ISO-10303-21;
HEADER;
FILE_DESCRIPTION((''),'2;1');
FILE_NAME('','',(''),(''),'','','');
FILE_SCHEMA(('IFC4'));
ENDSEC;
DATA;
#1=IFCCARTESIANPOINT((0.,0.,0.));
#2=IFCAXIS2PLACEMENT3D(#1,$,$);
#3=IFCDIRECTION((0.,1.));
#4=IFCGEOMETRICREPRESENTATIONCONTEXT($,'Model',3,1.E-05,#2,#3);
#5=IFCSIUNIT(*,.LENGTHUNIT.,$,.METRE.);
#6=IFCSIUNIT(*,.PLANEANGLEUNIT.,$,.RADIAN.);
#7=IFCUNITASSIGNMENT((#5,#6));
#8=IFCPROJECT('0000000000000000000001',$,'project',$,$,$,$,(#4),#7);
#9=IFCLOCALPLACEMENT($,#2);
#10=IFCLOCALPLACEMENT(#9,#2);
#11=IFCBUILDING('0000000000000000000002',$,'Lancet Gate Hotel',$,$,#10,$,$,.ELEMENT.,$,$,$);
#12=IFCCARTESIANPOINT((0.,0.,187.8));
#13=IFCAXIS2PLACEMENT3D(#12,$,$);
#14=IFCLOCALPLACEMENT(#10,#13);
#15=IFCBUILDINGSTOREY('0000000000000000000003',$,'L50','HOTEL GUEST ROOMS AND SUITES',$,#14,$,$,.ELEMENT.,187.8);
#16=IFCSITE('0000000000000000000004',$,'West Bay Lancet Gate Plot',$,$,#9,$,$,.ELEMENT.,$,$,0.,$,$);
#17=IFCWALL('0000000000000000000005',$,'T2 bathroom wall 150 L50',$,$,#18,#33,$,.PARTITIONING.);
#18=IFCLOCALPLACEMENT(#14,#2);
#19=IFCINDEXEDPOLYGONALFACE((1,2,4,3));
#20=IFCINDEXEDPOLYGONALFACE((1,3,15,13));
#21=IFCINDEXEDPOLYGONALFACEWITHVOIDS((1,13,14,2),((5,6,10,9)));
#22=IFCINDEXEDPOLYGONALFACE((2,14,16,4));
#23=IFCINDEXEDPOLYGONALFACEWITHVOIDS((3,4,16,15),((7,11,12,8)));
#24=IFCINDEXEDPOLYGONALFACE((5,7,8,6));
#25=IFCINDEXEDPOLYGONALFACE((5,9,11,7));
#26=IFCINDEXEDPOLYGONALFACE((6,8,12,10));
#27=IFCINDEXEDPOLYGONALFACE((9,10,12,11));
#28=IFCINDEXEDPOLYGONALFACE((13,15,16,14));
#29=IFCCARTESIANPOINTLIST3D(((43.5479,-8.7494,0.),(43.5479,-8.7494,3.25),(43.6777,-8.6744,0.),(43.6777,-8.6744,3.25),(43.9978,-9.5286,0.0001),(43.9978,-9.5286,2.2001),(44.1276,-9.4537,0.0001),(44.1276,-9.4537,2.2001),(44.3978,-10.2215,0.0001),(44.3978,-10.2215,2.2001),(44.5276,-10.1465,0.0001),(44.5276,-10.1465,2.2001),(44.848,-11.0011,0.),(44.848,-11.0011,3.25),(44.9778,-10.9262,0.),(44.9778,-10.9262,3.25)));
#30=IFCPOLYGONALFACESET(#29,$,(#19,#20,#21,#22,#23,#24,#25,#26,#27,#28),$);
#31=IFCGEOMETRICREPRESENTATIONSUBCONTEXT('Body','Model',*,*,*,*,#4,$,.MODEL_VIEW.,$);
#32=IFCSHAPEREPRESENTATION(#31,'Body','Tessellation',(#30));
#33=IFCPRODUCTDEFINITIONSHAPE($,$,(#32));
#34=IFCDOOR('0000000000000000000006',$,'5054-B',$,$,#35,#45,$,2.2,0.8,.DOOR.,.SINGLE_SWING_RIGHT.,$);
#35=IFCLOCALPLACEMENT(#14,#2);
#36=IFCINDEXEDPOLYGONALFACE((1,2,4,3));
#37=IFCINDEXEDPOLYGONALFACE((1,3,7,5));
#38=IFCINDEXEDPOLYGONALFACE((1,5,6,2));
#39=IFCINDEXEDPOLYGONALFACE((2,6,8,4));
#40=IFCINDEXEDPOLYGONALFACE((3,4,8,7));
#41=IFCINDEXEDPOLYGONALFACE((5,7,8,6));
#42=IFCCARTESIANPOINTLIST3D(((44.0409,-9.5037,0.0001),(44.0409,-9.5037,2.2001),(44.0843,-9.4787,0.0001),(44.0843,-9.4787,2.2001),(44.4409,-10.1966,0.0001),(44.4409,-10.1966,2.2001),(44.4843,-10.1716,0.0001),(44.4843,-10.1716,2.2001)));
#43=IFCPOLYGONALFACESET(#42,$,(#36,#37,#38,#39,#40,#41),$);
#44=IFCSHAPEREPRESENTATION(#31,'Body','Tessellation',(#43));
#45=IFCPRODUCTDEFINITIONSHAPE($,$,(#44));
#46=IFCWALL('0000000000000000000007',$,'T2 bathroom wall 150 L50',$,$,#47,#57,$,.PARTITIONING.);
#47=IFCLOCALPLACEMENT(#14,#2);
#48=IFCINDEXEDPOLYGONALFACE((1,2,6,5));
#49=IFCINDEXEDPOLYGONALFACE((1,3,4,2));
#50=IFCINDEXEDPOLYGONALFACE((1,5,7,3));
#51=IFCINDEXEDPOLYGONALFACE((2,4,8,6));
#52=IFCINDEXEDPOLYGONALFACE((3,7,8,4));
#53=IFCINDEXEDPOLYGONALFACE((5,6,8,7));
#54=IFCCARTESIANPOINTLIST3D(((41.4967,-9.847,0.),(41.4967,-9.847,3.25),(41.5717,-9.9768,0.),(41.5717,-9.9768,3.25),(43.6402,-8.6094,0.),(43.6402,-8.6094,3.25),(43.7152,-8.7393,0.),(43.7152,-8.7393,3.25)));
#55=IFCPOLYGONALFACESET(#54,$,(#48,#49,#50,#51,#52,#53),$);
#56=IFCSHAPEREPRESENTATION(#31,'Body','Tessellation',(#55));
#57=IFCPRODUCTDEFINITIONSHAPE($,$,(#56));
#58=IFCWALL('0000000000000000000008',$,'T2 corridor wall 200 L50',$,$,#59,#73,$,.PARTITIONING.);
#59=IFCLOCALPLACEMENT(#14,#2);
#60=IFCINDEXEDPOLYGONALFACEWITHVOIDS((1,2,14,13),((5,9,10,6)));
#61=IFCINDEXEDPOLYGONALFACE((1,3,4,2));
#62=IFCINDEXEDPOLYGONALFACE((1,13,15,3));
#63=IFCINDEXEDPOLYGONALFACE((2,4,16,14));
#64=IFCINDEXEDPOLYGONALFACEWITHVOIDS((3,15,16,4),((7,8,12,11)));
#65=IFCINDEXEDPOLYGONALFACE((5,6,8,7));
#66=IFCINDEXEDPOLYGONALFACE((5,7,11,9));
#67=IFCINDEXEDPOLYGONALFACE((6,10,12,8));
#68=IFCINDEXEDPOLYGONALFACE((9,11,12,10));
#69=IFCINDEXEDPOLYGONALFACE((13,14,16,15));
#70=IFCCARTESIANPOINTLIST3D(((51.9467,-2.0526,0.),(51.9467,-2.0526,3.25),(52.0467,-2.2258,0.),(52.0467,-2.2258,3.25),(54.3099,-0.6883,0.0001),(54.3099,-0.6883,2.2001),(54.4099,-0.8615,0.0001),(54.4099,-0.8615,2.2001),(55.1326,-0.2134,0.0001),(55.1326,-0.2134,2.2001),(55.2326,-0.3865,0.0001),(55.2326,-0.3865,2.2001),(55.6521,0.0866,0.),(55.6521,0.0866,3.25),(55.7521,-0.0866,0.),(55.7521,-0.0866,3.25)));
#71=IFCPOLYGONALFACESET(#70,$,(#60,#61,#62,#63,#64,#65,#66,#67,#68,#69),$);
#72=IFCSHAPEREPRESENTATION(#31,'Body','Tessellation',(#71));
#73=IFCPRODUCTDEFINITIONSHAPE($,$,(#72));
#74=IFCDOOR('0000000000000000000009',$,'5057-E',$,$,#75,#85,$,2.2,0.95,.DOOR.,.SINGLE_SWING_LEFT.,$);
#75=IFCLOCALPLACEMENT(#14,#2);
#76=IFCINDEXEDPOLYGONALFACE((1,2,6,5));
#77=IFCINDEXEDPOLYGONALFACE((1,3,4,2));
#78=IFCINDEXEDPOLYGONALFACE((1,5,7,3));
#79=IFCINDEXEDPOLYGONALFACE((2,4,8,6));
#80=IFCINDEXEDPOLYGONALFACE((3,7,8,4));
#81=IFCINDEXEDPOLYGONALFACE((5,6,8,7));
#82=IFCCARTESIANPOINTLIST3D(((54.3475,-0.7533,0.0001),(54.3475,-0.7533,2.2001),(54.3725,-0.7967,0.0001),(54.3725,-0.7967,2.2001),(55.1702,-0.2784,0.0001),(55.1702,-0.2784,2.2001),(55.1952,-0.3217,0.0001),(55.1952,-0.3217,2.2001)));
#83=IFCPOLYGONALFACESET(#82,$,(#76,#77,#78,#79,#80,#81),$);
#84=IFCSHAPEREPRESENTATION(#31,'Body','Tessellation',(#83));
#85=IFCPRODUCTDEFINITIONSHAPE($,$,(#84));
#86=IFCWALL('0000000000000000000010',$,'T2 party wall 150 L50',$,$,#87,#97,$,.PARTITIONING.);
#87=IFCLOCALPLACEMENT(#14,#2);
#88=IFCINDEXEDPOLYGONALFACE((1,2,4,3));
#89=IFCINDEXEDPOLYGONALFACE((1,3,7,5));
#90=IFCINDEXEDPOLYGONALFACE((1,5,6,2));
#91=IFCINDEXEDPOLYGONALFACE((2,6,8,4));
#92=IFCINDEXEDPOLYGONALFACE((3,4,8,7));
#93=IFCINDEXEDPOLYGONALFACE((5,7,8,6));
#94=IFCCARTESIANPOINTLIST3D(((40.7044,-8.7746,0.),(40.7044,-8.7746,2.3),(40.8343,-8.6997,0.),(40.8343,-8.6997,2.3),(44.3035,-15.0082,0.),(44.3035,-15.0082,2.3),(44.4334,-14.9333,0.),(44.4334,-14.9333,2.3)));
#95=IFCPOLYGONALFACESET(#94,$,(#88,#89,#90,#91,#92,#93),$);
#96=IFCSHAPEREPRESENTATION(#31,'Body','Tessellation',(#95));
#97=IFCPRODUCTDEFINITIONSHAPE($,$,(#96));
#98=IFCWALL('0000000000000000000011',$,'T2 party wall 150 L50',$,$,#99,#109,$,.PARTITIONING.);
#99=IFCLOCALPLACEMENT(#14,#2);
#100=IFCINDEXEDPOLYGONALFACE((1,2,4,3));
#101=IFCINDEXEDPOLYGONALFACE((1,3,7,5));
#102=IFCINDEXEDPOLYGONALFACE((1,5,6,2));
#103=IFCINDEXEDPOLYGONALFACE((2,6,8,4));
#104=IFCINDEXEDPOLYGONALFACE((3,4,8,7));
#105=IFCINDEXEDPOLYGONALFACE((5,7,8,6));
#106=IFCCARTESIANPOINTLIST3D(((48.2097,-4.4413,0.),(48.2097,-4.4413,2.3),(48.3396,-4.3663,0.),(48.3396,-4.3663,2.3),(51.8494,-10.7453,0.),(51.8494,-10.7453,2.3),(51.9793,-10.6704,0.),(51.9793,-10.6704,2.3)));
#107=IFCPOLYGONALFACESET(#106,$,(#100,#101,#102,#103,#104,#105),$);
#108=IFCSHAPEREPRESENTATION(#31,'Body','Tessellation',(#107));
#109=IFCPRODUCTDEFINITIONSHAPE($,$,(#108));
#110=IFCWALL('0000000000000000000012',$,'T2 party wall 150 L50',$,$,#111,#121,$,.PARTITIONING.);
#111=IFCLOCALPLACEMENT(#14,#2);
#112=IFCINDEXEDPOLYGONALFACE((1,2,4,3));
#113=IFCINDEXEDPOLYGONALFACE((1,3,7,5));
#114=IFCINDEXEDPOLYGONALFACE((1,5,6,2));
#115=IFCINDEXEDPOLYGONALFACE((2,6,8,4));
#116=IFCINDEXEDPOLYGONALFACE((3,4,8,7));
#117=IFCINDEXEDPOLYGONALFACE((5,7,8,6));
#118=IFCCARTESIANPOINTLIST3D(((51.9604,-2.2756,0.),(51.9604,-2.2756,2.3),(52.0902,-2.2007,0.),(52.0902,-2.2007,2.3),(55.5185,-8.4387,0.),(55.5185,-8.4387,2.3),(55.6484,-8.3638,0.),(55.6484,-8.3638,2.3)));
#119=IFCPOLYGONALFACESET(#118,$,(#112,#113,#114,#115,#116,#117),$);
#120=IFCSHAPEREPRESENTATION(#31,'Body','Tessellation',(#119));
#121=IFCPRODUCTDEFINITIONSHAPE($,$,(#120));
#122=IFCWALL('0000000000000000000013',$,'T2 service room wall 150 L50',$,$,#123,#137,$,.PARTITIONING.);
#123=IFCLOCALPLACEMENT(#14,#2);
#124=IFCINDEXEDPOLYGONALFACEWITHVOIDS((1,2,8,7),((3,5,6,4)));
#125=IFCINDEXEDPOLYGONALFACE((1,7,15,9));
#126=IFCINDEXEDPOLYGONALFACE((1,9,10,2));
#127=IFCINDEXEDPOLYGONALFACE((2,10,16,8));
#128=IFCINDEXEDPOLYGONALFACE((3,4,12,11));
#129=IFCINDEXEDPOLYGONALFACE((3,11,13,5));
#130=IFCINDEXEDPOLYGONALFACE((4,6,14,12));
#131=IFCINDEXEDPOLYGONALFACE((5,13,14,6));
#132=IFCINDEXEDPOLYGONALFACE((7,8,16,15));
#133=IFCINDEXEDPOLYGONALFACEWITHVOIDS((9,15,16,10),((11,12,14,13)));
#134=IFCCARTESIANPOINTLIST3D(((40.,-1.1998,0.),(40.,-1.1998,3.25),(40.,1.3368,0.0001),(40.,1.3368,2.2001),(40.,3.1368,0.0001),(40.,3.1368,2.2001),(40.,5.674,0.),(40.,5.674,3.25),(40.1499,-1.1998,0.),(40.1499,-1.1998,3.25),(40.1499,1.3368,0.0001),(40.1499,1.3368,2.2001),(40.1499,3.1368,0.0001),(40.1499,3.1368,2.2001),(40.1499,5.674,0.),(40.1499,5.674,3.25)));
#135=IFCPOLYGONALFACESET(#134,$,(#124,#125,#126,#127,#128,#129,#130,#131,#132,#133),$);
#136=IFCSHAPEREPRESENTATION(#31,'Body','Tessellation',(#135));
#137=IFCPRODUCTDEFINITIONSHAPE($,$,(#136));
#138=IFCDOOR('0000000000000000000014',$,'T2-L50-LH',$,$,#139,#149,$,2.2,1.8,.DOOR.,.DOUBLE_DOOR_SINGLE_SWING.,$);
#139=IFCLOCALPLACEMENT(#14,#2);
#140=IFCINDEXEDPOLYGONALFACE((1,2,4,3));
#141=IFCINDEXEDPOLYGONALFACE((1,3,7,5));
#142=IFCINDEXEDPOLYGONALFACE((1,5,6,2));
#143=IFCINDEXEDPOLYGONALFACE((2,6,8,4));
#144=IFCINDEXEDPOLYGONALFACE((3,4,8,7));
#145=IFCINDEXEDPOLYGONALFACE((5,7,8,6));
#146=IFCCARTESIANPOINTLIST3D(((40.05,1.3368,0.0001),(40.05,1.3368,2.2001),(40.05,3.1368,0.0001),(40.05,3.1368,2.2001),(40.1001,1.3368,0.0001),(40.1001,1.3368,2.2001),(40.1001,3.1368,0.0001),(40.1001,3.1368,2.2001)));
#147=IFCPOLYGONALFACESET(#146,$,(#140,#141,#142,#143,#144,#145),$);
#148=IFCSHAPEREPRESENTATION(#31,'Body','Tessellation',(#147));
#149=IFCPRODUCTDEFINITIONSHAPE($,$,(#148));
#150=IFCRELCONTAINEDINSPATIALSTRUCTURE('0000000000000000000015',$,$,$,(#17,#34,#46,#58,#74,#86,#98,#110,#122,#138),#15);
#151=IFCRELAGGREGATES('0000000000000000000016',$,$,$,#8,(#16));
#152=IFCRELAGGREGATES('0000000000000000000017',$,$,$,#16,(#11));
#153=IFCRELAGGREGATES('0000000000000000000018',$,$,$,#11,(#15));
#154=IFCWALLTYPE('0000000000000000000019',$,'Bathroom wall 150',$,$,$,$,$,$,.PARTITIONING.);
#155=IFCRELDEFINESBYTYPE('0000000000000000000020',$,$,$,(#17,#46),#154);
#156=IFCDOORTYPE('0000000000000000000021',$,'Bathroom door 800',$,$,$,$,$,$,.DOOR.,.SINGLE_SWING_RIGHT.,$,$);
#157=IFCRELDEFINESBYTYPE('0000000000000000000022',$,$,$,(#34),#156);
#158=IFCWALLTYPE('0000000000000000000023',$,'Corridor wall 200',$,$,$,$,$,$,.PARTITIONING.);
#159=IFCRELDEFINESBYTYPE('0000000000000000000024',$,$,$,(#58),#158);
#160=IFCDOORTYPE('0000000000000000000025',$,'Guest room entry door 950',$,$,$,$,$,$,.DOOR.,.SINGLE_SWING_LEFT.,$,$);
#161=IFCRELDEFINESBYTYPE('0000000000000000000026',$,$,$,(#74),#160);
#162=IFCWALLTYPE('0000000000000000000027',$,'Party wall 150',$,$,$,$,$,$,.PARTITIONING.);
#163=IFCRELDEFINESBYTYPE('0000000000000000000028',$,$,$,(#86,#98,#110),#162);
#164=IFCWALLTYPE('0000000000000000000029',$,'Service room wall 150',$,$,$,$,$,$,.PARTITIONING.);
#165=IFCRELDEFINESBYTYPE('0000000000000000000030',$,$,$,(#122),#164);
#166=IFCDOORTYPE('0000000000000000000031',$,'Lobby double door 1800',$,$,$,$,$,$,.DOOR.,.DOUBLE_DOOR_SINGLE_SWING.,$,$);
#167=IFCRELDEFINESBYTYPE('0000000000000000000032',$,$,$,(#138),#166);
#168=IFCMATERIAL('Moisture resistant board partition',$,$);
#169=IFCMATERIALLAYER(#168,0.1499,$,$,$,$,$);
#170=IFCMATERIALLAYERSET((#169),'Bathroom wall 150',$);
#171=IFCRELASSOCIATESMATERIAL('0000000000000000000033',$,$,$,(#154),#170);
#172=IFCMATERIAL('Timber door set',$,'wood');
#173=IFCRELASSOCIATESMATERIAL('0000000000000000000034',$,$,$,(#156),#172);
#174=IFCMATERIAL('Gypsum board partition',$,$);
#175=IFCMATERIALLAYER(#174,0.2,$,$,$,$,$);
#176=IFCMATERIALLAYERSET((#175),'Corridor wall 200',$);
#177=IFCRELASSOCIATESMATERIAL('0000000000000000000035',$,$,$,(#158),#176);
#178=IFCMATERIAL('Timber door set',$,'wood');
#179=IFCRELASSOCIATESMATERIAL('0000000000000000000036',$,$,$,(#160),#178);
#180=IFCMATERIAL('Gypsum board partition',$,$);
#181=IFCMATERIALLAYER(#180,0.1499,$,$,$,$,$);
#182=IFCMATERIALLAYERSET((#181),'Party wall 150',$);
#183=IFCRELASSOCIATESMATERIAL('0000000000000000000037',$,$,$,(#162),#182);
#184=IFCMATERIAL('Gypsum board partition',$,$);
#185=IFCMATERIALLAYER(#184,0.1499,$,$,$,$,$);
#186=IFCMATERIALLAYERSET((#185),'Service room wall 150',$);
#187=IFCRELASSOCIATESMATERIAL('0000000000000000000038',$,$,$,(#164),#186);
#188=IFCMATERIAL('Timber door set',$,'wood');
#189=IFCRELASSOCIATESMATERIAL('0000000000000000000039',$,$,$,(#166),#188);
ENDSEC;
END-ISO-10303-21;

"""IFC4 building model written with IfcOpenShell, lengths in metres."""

from ifc_helpers import new_model, si_unit, direction, frame, frame_2d, origin, place, context, subcontext, project, spatial, rectangle, extrude, material, layer, layer_set, type_object, element, fill, save


model = new_model("IFC4")

# Units and contexts
model_context = context("Model", 3, precision=1e-05, world=origin(), true_north=direction((0.0, 1.0)))
body_context = subcontext(model_context, "Body", "Model", "MODEL_VIEW")
ifc_project = project(units=[si_unit("LENGTHUNIT", "METRE"), si_unit("PLANEANGLEUNIT", "RADIAN")], contexts=[model_context])

# Site, building, storey
site_placement = place(None, origin())
site = spatial("IfcSite", under=ifc_project, at=site_placement, Name="West Bay Lancet Gate Plot", CompositionType="ELEMENT", RefElevation=0.0)
building_placement = place(site_placement, origin())
building = spatial("IfcBuilding", under=site, at=building_placement, Name="Lancet Gate Hotel", CompositionType="ELEMENT")
storey_placement = place(building_placement, frame((0.0, 0.0, 187.8)))
storey = spatial("IfcBuildingStorey", under=building, at=storey_placement, Name="L50", Description="HOTEL GUEST ROOMS AND SUITES", CompositionType="ELEMENT", Elevation=187.8)

# Shared definitions
ifc_material_1 = material(Name="Moisture resistant board partition")
ifc_layer_1 = layer(ifc_material_1, 0.1499)
ifc_layer_set_1 = layer_set([ifc_layer_1], Name="Bathroom wall 150")
wall_type_1 = type_object("IfcWallType", Name="Bathroom wall 150", PredefinedType="PARTITIONING", material=ifc_layer_set_1)

# Wall, opening, door
wall_1_placement = place(storey_placement, frame((43.6128, -8.7119, 0.0), z_axis=(0.0, 0.0, 1.0), x_axis=(0.500007, -0.866021, 0.0)))
wall_1 = element("IfcWall", 1, at=wall_1_placement, inside=storey, type_object=wall_type_1, Name="T2 bathroom wall 150 L50", PredefinedType="PARTITIONING", context=body_context, shape_type="SweptSolid", body=[
    extrude(rectangle(XDim=2.6001, YDim=0.1499, at=frame_2d((1.3, 0.0))), origin(), (0.0, 0.0, 1.0), 3.25),
])
opening_1_placement = place(wall_1_placement, frame((0.8999, 0.0, 0.0)))
opening_1 = element("IfcOpeningElement", 2, at=opening_1_placement, cuts=wall_1, PredefinedType="OPENING", context=body_context, shape_type="SweptSolid", body=[
    extrude(rectangle(XDim=0.8, YDim=2.2, at=frame_2d((0.3999, 1.1001))), frame((0.0, 0.085, 0.0), z_axis=(0.0, -1.0, 0.0), x_axis=(1.0, 0.0, 0.0)), (0.0, 0.0, 1.0), 0.1699),
])
ifc_material_2 = material(Name="Timber door set", Category="wood")
door_type_1 = type_object("IfcDoorType", Name="Bathroom door 800", OperationType="SINGLE_SWING_RIGHT", PredefinedType="DOOR", material=ifc_material_2)
door_1_placement = place(opening_1_placement, origin())
door_1 = element("IfcDoor", 3, at=door_1_placement, inside=storey, type_object=door_type_1, Name="5054-B", OperationType="SINGLE_SWING_RIGHT", OverallHeight=2.2, OverallWidth=0.8, PredefinedType="DOOR", context=body_context, shape_type="SweptSolid", body=[
    extrude(rectangle(XDim=0.8, YDim=2.2, at=frame_2d((0.3999, 1.1001))), frame((0.0, 0.0249, 0.0), z_axis=(0.0, -1.0, 0.0), x_axis=(1.0, 0.0, 0.0)), (0.0, 0.0, 1.0), 0.05),
])
fill(opening_1, door_1)

# Wall
wall_2_placement = place(storey_placement, frame((41.5342, -9.9119, 0.0), z_axis=(0.0, 0.0, 1.0), x_axis=(0.866031, 0.49999, 0.0)))
element("IfcWall", 4, at=wall_2_placement, inside=storey, type_object=wall_type_1, Name="T2 bathroom wall 150 L50", PredefinedType="PARTITIONING", context=body_context, shape_type="SweptSolid", body=[
    extrude(rectangle(XDim=2.4751, YDim=0.1499, at=frame_2d((1.2375, 0.0))), origin(), (0.0, 0.0, 1.0), 3.25),
])

# Wall, opening, door
ifc_material_3 = material(Name="Gypsum board partition")
ifc_layer_2 = layer(ifc_material_3, 0.2)
ifc_layer_set_2 = layer_set([ifc_layer_2], Name="Corridor wall 200")
wall_type_2 = type_object("IfcWallType", Name="Corridor wall 200", PredefinedType="PARTITIONING", material=ifc_layer_set_2)
wall_3_placement = place(storey_placement, frame((51.9968, -2.1392, 0.0), z_axis=(0.0, 0.0, 1.0), x_axis=(0.866036, 0.499981, 0.0)))
wall_3 = element("IfcWall", 5, at=wall_3_placement, inside=storey, type_object=wall_type_2, Name="T2 corridor wall 200 L50", PredefinedType="PARTITIONING", context=body_context, shape_type="SweptSolid", body=[
    extrude(rectangle(XDim=4.2786, YDim=0.2, at=frame_2d((2.1392, 0.0))), origin(), (0.0, 0.0, 1.0), 3.25),
])
opening_2_placement = place(wall_3_placement, frame((2.7285, 0.0, 0.0)))
opening_2 = element("IfcOpeningElement", 6, at=opening_2_placement, cuts=wall_3, PredefinedType="OPENING", context=body_context, shape_type="SweptSolid", body=[
    extrude(rectangle(XDim=0.95, YDim=2.2, at=frame_2d((0.4751, 1.1001))), frame((0.0, 0.1099, 0.0), z_axis=(0.0, -1.0, 0.0), x_axis=(1.0, 0.0, 0.0)), (0.0, 0.0, 1.0), 0.22),
])
ifc_material_4 = material(Name="Timber door set", Category="wood")
door_type_2 = type_object("IfcDoorType", Name="Guest room entry door 950", OperationType="SINGLE_SWING_LEFT", PredefinedType="DOOR", material=ifc_material_4)
door_2_placement = place(opening_2_placement, origin())
door_2 = element("IfcDoor", 7, at=door_2_placement, inside=storey, type_object=door_type_2, Name="5057-E", OperationType="SINGLE_SWING_LEFT", OverallHeight=2.2, OverallWidth=0.95, PredefinedType="DOOR", context=body_context, shape_type="SweptSolid", body=[
    extrude(rectangle(XDim=0.95, YDim=2.2, at=frame_2d((0.4751, 1.1001))), frame((0.0, 0.0249, 0.0), z_axis=(0.0, -1.0, 0.0), x_axis=(1.0, 0.0, 0.0)), (0.0, 0.0, 1.0), 0.05),
])
fill(opening_2, door_2)

# Walls
ifc_material_5 = material(Name="Gypsum board partition")
ifc_layer_3 = layer(ifc_material_5, 0.1499)
ifc_layer_set_3 = layer_set([ifc_layer_3], Name="Party wall 150")
wall_type_3 = type_object("IfcWallType", Name="Party wall 150", PredefinedType="PARTITIONING", material=ifc_layer_set_3)
wall_4_placement = place(storey_placement, frame((40.7693, -8.7371, 0.0), z_axis=(0.0, 0.0, 1.0), x_axis=(0.500013, -0.866018, 0.0)))
element("IfcWall", 8, at=wall_4_placement, inside=storey, type_object=wall_type_3, Name="T2 party wall 150 L50", PredefinedType="PARTITIONING", context=body_context, shape_type="SweptSolid", body=[
    extrude(rectangle(XDim=7.198, YDim=0.1499, at=frame_2d((3.5991, 0.0))), origin(), (0.0, 0.0, 1.0), 2.3),
])
wall_5_placement = place(storey_placement, frame((48.2747, -4.4038, 0.0), z_axis=(0.0, 0.0, 1.0), x_axis=(0.500006, -0.866022, 0.0)))
element("IfcWall", 9, at=wall_5_placement, inside=storey, type_object=wall_type_3, Name="T2 party wall 150 L50", PredefinedType="PARTITIONING", context=body_context, shape_type="SweptSolid", body=[
    extrude(rectangle(XDim=7.2793, YDim=0.1499, at=frame_2d((3.6396, 0.0))), origin(), (0.0, 0.0, 1.0), 2.3),
])
wall_6_placement = place(storey_placement, frame((52.0254, -2.2383, 0.0), z_axis=(0.0, 0.0, 1.0), x_axis=(0.499984, -0.866035, 0.0)))
element("IfcWall", 10, at=wall_6_placement, inside=storey, type_object=wall_type_3, Name="T2 party wall 150 L50", PredefinedType="PARTITIONING", context=body_context, shape_type="SweptSolid", body=[
    extrude(rectangle(XDim=7.1165, YDim=0.1499, at=frame_2d((3.5581, 0.0))), origin(), (0.0, 0.0, 1.0), 2.3),
])

# Wall, opening, door
ifc_material_6 = material(Name="Gypsum board partition")
ifc_layer_4 = layer(ifc_material_6, 0.1499)
ifc_layer_set_4 = layer_set([ifc_layer_4], Name="Service room wall 150")
wall_type_4 = type_object("IfcWallType", Name="Service room wall 150", PredefinedType="PARTITIONING", material=ifc_layer_set_4)
wall_7_placement = place(storey_placement, frame((40.075, -1.2, 0.0), z_axis=(0.0, 0.0, 1.0), x_axis=(0.0, 1.0, 0.0)))
wall_7 = element("IfcWall", 11, at=wall_7_placement, inside=storey, type_object=wall_type_4, Name="T2 service room wall 150 L50", PredefinedType="PARTITIONING", context=body_context, shape_type="SweptSolid", body=[
    extrude(rectangle(XDim=6.8738, YDim=0.1499, at=frame_2d((3.437, 0.0))), origin(), (0.0, 0.0, 1.0), 3.25),
])
opening_3_placement = place(wall_7_placement, frame((2.5369, 0.0, 0.0)))
opening_3 = element("IfcOpeningElement", 12, at=opening_3_placement, cuts=wall_7, PredefinedType="OPENING", context=body_context, shape_type="SweptSolid", body=[
    extrude(rectangle(XDim=1.8, YDim=2.2, at=frame_2d((0.8999, 1.1001))), frame((0.0, 0.085, 0.0), z_axis=(0.0, -1.0, 0.0), x_axis=(1.0, 0.0, 0.0)), (0.0, 0.0, 1.0), 0.1699),
])
ifc_material_7 = material(Name="Timber door set", Category="wood")
door_type_3 = type_object("IfcDoorType", Name="Lobby double door 1800", OperationType="DOUBLE_DOOR_SINGLE_SWING", PredefinedType="DOOR", material=ifc_material_7)
door_3_placement = place(opening_3_placement, origin())
door_3 = element("IfcDoor", 13, at=door_3_placement, inside=storey, type_object=door_type_3, Name="T2-L50-LH", OperationType="DOUBLE_DOOR_SINGLE_SWING", OverallHeight=2.2, OverallWidth=1.8, PredefinedType="DOOR", context=body_context, shape_type="SweptSolid", body=[
    extrude(rectangle(XDim=1.8, YDim=2.2, at=frame_2d((0.8999, 1.1001))), frame((0.0, 0.0249, 0.0), z_axis=(0.0, -1.0, 0.0), x_axis=(1.0, 0.0, 0.0)), (0.0, 0.0, 1.0), 0.05),
])
fill(opening_3, door_3)

save(model, "model.ifc")
